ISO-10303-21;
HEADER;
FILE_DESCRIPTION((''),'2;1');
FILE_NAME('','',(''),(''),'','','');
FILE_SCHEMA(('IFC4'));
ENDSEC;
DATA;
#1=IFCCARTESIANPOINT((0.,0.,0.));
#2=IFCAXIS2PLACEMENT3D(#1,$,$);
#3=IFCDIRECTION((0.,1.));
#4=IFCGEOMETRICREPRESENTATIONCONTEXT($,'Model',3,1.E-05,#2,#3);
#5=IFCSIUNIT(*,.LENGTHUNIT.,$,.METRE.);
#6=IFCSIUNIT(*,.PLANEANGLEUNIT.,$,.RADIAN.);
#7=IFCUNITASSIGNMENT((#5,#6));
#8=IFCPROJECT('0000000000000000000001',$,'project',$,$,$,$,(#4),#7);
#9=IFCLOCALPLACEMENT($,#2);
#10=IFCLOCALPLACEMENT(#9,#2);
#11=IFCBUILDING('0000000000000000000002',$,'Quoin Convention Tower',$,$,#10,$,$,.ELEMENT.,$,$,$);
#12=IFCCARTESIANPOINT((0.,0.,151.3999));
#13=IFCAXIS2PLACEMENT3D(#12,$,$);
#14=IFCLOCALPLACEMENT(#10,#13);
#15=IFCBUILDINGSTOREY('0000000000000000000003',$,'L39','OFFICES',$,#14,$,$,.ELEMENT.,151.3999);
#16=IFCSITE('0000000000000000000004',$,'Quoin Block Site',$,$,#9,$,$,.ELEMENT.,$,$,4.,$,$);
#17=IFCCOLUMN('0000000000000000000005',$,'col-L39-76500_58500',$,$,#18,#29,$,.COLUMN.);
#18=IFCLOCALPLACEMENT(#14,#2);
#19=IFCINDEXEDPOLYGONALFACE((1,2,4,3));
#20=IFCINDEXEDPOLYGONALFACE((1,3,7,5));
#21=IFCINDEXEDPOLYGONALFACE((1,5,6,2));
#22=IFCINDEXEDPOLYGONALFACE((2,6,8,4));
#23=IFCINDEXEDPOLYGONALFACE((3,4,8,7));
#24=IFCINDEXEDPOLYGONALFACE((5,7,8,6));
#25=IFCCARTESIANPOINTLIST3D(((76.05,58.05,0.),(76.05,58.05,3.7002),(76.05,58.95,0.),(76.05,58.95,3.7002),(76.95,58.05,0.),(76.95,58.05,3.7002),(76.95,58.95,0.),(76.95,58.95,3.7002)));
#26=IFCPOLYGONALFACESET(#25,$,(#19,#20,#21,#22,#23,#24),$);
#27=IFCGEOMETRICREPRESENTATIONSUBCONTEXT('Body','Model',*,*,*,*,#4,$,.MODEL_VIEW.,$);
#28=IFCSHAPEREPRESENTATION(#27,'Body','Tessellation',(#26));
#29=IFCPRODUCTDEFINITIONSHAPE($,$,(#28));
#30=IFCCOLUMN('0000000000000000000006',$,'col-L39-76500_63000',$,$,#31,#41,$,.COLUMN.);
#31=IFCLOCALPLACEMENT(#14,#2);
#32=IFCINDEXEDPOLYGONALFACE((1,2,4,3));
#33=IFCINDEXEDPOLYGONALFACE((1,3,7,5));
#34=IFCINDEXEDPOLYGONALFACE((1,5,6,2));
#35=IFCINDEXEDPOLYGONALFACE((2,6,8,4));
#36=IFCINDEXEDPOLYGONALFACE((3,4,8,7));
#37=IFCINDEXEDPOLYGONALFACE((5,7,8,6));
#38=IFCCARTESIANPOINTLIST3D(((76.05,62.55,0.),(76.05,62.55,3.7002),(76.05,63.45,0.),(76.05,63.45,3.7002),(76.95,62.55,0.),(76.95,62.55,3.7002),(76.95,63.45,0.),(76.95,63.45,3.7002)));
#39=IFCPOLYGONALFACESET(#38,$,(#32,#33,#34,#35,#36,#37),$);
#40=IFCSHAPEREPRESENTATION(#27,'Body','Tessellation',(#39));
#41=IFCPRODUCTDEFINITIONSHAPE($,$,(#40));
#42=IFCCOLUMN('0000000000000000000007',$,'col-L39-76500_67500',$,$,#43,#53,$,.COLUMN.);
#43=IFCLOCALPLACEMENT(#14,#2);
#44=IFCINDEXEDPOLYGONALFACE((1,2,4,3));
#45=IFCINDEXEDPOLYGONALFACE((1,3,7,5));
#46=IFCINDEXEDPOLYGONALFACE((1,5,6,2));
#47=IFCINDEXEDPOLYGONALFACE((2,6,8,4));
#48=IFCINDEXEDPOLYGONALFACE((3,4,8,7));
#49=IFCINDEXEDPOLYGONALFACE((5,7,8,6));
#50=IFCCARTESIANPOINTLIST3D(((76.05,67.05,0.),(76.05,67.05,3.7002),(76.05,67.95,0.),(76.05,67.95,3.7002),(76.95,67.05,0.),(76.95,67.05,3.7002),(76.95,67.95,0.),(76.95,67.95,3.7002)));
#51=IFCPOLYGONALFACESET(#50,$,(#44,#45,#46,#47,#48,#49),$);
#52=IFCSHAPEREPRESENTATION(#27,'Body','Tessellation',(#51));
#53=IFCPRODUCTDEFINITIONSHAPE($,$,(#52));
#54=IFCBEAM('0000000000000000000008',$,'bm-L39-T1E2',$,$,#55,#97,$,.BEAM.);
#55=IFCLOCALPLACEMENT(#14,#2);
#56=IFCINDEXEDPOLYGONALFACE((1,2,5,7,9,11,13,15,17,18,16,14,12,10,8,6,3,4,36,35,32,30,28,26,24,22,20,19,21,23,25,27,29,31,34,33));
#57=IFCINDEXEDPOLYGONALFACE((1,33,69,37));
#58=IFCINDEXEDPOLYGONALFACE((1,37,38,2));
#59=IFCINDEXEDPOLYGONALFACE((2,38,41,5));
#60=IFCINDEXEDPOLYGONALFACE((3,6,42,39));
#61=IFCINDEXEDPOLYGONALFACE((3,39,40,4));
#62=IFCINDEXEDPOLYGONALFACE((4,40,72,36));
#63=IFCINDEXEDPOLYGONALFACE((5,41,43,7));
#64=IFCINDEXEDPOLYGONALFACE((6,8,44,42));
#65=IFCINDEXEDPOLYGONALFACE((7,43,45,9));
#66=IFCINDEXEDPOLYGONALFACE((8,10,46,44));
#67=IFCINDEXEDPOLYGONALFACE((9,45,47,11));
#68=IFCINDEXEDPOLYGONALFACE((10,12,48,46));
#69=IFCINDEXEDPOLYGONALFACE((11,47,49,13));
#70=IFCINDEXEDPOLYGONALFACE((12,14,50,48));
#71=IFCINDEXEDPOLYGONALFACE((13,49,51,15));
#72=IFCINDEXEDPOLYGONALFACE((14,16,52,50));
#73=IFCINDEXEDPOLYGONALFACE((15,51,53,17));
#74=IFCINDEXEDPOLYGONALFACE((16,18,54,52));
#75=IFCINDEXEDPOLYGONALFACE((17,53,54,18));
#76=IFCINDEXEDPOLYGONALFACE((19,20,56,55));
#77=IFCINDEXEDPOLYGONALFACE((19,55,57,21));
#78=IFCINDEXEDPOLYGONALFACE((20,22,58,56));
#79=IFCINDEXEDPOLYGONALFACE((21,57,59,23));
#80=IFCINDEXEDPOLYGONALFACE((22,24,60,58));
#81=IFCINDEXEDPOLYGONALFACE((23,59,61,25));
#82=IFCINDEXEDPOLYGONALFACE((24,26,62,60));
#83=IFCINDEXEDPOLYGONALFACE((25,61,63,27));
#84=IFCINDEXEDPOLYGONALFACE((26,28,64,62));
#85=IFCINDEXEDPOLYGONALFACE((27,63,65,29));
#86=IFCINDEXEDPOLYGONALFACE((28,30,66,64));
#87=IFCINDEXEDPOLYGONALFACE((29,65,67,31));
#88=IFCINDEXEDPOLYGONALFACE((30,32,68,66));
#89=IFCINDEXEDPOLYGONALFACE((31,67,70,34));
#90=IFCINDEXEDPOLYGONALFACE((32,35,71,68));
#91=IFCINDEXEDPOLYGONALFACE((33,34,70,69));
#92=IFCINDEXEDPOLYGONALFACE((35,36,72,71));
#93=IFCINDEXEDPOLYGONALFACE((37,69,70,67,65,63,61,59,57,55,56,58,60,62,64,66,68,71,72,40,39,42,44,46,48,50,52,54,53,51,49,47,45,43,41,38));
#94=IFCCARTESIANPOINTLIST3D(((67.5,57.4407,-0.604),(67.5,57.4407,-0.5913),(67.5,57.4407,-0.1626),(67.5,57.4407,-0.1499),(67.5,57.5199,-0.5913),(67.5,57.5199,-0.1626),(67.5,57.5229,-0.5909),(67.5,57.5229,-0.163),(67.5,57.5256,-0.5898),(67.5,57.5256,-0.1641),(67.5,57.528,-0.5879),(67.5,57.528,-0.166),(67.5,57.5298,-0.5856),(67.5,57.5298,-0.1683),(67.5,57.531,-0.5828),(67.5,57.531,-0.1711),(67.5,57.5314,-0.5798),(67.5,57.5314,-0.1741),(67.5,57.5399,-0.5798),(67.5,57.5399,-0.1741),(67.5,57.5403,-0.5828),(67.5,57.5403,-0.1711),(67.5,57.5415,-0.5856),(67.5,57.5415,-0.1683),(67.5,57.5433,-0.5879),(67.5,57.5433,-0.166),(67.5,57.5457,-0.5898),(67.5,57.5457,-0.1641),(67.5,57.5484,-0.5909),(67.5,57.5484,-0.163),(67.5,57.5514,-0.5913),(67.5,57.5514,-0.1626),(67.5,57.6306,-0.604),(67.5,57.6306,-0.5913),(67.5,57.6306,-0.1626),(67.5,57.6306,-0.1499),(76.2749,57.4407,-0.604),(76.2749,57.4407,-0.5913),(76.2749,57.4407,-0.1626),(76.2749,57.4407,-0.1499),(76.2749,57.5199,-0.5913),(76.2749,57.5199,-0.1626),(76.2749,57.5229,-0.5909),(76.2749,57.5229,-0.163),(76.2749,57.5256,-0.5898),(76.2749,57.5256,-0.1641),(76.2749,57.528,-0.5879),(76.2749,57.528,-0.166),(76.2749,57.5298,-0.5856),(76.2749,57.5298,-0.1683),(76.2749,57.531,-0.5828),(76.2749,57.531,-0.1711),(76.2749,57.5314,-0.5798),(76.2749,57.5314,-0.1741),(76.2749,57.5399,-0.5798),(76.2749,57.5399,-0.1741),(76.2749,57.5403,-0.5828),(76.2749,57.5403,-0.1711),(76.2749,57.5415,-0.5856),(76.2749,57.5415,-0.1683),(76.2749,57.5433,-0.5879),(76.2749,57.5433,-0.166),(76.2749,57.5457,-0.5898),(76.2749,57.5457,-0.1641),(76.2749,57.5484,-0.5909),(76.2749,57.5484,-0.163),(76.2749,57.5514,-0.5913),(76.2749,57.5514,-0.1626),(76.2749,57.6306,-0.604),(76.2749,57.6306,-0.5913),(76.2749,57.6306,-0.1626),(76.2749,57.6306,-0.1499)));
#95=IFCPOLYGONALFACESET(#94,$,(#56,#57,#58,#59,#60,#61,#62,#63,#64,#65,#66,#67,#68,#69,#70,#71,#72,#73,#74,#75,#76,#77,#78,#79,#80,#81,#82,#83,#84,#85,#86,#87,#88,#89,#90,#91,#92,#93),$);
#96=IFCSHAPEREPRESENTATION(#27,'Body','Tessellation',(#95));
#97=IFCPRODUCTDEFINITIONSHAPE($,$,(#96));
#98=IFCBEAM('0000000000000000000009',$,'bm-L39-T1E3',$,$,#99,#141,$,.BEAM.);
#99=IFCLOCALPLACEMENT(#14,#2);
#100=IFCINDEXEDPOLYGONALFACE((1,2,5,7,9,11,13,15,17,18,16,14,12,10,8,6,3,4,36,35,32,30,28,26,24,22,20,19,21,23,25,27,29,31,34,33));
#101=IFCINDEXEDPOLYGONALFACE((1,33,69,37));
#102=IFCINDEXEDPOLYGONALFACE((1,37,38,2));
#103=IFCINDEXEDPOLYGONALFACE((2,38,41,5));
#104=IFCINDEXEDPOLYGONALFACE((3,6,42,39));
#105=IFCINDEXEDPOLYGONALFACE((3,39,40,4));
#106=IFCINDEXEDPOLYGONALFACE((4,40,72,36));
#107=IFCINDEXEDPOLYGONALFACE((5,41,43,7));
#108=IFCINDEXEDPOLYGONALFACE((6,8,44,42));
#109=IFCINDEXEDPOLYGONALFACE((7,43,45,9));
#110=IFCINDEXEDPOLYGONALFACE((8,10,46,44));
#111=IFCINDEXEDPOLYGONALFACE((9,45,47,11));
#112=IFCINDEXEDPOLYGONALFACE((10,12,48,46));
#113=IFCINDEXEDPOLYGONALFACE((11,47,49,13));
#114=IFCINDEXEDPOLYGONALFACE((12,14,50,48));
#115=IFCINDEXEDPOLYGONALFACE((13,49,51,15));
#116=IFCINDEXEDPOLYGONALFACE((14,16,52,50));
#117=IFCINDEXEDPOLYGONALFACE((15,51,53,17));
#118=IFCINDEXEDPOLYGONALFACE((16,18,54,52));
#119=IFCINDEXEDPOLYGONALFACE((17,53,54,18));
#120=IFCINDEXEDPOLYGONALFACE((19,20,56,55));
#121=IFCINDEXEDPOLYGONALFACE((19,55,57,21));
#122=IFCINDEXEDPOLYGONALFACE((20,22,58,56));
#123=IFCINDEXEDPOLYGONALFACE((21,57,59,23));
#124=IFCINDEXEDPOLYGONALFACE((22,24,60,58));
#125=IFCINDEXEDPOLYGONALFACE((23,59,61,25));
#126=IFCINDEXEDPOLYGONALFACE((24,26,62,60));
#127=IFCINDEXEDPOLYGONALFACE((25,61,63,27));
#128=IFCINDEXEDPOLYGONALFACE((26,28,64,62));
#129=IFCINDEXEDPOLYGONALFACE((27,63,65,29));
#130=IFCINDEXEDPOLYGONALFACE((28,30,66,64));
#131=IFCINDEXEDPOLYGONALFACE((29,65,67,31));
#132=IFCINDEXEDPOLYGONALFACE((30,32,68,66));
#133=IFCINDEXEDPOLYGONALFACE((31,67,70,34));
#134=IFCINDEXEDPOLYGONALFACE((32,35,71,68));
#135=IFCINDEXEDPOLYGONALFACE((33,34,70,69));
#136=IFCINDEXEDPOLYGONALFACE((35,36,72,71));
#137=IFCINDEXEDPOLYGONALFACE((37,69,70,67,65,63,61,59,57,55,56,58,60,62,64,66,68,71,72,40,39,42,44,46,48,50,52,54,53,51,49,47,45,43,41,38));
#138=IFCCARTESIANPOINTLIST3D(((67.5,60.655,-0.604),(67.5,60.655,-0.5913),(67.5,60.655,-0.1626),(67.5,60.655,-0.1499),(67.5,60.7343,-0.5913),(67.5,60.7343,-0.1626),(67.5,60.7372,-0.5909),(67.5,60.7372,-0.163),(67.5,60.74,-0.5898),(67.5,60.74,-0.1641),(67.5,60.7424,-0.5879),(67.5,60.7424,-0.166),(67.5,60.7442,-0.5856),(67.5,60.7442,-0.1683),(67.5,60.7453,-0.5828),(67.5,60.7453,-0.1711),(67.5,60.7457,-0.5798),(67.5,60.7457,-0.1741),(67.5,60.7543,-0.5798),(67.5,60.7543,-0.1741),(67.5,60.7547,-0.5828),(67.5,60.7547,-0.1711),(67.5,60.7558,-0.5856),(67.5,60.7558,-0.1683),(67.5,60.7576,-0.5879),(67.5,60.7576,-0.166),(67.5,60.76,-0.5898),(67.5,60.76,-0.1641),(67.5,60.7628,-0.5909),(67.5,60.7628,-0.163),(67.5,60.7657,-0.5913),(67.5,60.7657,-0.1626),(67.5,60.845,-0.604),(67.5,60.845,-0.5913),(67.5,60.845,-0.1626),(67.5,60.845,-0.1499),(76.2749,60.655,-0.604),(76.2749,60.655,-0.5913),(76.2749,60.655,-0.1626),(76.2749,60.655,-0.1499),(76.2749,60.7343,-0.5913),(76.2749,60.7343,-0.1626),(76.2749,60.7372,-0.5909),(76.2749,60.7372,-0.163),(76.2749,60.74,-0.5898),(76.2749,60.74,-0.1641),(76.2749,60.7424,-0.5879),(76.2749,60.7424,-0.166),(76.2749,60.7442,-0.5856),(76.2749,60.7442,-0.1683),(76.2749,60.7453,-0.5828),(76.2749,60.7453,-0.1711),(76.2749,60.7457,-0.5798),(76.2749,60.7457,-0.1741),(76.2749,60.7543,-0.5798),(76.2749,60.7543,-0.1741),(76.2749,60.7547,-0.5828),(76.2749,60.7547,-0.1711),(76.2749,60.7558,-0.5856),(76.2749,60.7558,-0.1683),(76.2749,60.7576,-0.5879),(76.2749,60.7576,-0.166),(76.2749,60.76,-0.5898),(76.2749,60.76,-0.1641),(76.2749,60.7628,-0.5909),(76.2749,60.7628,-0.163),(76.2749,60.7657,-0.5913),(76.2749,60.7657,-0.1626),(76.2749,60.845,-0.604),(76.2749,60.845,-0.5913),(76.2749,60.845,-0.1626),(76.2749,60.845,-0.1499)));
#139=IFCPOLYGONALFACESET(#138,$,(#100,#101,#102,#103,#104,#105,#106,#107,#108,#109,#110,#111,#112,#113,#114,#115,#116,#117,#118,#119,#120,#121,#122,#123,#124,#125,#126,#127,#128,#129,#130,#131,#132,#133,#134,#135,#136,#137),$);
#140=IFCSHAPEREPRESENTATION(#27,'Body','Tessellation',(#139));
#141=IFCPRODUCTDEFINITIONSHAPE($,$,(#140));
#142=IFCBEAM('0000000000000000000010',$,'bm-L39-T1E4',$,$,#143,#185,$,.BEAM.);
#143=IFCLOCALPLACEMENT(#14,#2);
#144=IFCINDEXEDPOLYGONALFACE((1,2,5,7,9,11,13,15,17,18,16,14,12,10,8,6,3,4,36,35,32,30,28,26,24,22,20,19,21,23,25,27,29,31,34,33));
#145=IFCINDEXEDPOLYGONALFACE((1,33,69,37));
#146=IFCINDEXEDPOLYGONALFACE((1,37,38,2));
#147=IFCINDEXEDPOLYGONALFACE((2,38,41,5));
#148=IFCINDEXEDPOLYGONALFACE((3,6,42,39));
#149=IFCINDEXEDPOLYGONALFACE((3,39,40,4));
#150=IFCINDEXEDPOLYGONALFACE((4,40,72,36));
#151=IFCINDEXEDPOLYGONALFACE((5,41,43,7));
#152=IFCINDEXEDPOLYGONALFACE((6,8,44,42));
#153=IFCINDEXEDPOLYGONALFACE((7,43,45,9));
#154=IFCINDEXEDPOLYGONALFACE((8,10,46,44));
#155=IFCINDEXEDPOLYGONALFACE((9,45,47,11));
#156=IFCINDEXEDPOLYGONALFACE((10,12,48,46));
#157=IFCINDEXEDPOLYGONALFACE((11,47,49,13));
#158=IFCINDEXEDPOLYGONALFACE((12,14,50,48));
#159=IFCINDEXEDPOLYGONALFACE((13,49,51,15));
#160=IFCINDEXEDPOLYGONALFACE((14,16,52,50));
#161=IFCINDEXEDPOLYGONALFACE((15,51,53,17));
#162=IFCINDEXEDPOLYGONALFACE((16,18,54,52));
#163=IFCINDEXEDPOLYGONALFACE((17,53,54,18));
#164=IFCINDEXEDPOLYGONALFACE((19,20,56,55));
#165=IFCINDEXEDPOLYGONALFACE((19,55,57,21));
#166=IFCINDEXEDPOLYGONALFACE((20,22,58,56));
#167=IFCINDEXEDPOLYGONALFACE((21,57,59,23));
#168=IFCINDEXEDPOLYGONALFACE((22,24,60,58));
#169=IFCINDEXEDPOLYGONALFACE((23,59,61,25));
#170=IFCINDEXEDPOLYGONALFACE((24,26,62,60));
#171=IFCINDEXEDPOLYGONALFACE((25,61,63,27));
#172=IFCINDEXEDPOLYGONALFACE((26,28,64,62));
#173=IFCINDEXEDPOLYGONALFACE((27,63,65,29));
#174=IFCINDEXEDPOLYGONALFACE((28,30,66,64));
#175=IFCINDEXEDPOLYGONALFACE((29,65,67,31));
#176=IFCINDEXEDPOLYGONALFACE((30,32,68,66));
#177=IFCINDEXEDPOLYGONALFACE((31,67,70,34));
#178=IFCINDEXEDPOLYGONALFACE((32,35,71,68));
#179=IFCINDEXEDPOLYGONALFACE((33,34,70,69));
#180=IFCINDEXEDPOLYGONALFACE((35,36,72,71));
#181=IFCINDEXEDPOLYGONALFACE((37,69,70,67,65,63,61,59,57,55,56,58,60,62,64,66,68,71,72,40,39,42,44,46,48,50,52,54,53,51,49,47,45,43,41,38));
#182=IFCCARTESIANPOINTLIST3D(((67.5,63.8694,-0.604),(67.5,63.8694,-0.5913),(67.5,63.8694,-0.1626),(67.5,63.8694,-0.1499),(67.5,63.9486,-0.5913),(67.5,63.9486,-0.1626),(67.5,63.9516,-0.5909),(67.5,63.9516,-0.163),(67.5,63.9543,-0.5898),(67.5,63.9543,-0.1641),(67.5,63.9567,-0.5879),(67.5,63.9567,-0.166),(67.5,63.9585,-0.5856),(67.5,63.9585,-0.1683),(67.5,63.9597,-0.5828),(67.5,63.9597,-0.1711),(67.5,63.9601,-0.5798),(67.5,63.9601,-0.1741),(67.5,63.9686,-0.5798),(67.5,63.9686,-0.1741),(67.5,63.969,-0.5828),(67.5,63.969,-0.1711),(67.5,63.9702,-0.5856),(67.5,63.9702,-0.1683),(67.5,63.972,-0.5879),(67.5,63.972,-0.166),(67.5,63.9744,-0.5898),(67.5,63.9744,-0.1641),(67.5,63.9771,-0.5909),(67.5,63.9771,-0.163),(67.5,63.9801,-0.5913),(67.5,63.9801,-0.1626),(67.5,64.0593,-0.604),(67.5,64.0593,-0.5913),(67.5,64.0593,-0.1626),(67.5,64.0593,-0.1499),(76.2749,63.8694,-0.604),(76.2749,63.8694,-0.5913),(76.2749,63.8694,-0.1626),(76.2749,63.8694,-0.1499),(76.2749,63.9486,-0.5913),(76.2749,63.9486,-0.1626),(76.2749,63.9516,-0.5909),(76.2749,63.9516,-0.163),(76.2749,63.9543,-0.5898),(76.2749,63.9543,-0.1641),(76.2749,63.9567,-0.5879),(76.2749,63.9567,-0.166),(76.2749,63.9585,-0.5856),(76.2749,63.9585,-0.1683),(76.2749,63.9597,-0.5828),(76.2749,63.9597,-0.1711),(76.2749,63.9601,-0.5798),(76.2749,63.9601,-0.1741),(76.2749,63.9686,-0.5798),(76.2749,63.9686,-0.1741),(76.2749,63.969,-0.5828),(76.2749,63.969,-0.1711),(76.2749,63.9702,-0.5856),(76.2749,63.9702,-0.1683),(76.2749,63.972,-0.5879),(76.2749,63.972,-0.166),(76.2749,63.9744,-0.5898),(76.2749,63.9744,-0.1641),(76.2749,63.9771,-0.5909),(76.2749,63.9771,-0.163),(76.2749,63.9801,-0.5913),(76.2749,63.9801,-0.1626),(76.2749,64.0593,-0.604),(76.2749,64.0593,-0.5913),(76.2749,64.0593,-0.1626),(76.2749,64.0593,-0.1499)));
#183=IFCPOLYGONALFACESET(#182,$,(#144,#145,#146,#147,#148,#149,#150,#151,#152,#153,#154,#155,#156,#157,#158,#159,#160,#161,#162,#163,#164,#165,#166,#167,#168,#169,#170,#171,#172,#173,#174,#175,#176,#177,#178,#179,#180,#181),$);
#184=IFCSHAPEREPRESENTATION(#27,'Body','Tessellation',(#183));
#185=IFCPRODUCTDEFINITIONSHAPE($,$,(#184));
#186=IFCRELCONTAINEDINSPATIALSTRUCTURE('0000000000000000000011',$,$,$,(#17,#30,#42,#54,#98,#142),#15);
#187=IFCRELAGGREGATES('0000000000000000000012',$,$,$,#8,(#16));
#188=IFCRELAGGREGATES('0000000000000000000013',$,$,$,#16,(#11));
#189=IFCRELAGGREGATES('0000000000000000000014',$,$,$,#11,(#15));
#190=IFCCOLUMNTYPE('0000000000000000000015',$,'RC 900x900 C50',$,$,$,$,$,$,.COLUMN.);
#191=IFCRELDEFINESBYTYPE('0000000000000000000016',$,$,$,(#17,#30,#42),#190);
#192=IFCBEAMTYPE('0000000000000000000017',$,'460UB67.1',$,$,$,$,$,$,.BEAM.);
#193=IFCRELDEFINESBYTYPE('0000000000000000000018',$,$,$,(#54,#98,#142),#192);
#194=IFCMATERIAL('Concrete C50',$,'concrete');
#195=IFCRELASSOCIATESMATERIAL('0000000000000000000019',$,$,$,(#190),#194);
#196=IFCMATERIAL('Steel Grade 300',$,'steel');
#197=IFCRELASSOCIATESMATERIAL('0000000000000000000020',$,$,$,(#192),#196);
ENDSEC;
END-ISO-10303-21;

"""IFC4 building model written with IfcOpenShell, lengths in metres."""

from ifc_helpers import new_model, si_unit, direction, frame, origin, origin_2d, place, context, subcontext, project, spatial, rectangle, i_section, extrude, material, material_profile, profile_set, type_object, element, save


model = new_model("IFC4")

# Units and contexts
model_context = context("Model", 3, precision=1e-05, world=origin(), true_north=direction((0.0, 1.0)))
body_context = subcontext(model_context, "Body", "Model", "MODEL_VIEW")
ifc_project = project(units=[si_unit("LENGTHUNIT", "METRE"), si_unit("PLANEANGLEUNIT", "RADIAN")], contexts=[model_context])

# Site, building, storey
site_placement = place(None, origin())
site = spatial("IfcSite", under=ifc_project, at=site_placement, Name="Quoin Block Site", CompositionType="ELEMENT", RefElevation=4.0)
building_placement = place(site_placement, origin())
building = spatial("IfcBuilding", under=site, at=building_placement, Name="Quoin Convention Tower", CompositionType="ELEMENT")
storey_placement = place(building_placement, frame((0.0, 0.0, 151.3999)))
storey = spatial("IfcBuildingStorey", under=building, at=storey_placement, Name="L39", Description="OFFICES", CompositionType="ELEMENT", Elevation=151.3999)

# Columns
ifc_material_1 = material(Name="Concrete C50", Category="concrete")
ifc_material_profile_1 = material_profile(ifc_material_1, rectangle(XDim=0.8999, YDim=0.8999, at=origin_2d()), Name="RC 900x900")
ifc_profile_set_1 = profile_set([ifc_material_profile_1], Name="Concrete C50")
column_type = type_object("IfcColumnType", Name="RC 900x900 C50", PredefinedType="COLUMN", material=ifc_profile_set_1)
for number, where, z_axis, x_axis, name in (
    (1, (76.5, 58.5, 0.0), (0.0, 0.0, 1.0), (1.0, 0.0, 0.0), "col-L39-76500_58500"),
    (2, (76.5, 63.0, 0.0), (0.0, 0.0, 1.0), (1.0, 0.0, 0.0), "col-L39-76500_63000"),
    (3, (76.5, 67.5, 0.0), (0.0, 0.0, 1.0), (1.0, 0.0, 0.0), "col-L39-76500_67500"),
):
    element("IfcColumn", number, at=place(storey_placement, frame(where, z_axis=z_axis, x_axis=x_axis)), inside=storey, type_object=column_type, Name=name, PredefinedType="COLUMN", context=body_context, shape_type="SweptSolid", body=[
        extrude(rectangle(XDim=0.8999, YDim=0.8999, at=origin_2d()), origin(), (0.0, 0.0, 1.0), 3.7002),
    ])

# Beams
ifc_material_2 = material(Name="Steel Grade 300", Category="steel")
ifc_material_profile_2 = material_profile(ifc_material_2, i_section(OverallWidth=0.1899, OverallDepth=0.4541, WebThickness=0.0085, FlangeThickness=0.0127, FilletRadius=0.0115, at=origin_2d()), Name="460UB67.1")
ifc_profile_set_2 = profile_set([ifc_material_profile_2], Name="Steel Grade 300")
beam_type_1 = type_object("IfcBeamType", Name="460UB67.1", PredefinedType="BEAM", material=ifc_profile_set_2)
for number, where, z_axis, x_axis, name in (
    (4, (67.5, 57.5356, -0.377), (1.0, 0.0, 0.0), (0.0, 1.0, 0.0), "bm-L39-T1E2"),
    (5, (67.5, 60.75, -0.377), (1.0, 0.0, 0.0), (0.0, 1.0, 0.0), "bm-L39-T1E3"),
    (6, (67.5, 63.9644, -0.377), (1.0, 0.0, 0.0), (0.0, 1.0, 0.0), "bm-L39-T1E4"),
):
    element("IfcBeam", number, at=place(storey_placement, frame(where, z_axis=z_axis, x_axis=x_axis)), inside=storey, type_object=beam_type_1, Name=name, PredefinedType="BEAM", context=body_context, shape_type="SweptSolid", body=[
        extrude(i_section(OverallWidth=0.1899, OverallDepth=0.4541, WebThickness=0.0085, FlangeThickness=0.0127, FilletRadius=0.0115, at=origin_2d()), origin(), (0.0, 0.0, 1.0), 8.7749),
    ])

save(model, "model.ifc")
